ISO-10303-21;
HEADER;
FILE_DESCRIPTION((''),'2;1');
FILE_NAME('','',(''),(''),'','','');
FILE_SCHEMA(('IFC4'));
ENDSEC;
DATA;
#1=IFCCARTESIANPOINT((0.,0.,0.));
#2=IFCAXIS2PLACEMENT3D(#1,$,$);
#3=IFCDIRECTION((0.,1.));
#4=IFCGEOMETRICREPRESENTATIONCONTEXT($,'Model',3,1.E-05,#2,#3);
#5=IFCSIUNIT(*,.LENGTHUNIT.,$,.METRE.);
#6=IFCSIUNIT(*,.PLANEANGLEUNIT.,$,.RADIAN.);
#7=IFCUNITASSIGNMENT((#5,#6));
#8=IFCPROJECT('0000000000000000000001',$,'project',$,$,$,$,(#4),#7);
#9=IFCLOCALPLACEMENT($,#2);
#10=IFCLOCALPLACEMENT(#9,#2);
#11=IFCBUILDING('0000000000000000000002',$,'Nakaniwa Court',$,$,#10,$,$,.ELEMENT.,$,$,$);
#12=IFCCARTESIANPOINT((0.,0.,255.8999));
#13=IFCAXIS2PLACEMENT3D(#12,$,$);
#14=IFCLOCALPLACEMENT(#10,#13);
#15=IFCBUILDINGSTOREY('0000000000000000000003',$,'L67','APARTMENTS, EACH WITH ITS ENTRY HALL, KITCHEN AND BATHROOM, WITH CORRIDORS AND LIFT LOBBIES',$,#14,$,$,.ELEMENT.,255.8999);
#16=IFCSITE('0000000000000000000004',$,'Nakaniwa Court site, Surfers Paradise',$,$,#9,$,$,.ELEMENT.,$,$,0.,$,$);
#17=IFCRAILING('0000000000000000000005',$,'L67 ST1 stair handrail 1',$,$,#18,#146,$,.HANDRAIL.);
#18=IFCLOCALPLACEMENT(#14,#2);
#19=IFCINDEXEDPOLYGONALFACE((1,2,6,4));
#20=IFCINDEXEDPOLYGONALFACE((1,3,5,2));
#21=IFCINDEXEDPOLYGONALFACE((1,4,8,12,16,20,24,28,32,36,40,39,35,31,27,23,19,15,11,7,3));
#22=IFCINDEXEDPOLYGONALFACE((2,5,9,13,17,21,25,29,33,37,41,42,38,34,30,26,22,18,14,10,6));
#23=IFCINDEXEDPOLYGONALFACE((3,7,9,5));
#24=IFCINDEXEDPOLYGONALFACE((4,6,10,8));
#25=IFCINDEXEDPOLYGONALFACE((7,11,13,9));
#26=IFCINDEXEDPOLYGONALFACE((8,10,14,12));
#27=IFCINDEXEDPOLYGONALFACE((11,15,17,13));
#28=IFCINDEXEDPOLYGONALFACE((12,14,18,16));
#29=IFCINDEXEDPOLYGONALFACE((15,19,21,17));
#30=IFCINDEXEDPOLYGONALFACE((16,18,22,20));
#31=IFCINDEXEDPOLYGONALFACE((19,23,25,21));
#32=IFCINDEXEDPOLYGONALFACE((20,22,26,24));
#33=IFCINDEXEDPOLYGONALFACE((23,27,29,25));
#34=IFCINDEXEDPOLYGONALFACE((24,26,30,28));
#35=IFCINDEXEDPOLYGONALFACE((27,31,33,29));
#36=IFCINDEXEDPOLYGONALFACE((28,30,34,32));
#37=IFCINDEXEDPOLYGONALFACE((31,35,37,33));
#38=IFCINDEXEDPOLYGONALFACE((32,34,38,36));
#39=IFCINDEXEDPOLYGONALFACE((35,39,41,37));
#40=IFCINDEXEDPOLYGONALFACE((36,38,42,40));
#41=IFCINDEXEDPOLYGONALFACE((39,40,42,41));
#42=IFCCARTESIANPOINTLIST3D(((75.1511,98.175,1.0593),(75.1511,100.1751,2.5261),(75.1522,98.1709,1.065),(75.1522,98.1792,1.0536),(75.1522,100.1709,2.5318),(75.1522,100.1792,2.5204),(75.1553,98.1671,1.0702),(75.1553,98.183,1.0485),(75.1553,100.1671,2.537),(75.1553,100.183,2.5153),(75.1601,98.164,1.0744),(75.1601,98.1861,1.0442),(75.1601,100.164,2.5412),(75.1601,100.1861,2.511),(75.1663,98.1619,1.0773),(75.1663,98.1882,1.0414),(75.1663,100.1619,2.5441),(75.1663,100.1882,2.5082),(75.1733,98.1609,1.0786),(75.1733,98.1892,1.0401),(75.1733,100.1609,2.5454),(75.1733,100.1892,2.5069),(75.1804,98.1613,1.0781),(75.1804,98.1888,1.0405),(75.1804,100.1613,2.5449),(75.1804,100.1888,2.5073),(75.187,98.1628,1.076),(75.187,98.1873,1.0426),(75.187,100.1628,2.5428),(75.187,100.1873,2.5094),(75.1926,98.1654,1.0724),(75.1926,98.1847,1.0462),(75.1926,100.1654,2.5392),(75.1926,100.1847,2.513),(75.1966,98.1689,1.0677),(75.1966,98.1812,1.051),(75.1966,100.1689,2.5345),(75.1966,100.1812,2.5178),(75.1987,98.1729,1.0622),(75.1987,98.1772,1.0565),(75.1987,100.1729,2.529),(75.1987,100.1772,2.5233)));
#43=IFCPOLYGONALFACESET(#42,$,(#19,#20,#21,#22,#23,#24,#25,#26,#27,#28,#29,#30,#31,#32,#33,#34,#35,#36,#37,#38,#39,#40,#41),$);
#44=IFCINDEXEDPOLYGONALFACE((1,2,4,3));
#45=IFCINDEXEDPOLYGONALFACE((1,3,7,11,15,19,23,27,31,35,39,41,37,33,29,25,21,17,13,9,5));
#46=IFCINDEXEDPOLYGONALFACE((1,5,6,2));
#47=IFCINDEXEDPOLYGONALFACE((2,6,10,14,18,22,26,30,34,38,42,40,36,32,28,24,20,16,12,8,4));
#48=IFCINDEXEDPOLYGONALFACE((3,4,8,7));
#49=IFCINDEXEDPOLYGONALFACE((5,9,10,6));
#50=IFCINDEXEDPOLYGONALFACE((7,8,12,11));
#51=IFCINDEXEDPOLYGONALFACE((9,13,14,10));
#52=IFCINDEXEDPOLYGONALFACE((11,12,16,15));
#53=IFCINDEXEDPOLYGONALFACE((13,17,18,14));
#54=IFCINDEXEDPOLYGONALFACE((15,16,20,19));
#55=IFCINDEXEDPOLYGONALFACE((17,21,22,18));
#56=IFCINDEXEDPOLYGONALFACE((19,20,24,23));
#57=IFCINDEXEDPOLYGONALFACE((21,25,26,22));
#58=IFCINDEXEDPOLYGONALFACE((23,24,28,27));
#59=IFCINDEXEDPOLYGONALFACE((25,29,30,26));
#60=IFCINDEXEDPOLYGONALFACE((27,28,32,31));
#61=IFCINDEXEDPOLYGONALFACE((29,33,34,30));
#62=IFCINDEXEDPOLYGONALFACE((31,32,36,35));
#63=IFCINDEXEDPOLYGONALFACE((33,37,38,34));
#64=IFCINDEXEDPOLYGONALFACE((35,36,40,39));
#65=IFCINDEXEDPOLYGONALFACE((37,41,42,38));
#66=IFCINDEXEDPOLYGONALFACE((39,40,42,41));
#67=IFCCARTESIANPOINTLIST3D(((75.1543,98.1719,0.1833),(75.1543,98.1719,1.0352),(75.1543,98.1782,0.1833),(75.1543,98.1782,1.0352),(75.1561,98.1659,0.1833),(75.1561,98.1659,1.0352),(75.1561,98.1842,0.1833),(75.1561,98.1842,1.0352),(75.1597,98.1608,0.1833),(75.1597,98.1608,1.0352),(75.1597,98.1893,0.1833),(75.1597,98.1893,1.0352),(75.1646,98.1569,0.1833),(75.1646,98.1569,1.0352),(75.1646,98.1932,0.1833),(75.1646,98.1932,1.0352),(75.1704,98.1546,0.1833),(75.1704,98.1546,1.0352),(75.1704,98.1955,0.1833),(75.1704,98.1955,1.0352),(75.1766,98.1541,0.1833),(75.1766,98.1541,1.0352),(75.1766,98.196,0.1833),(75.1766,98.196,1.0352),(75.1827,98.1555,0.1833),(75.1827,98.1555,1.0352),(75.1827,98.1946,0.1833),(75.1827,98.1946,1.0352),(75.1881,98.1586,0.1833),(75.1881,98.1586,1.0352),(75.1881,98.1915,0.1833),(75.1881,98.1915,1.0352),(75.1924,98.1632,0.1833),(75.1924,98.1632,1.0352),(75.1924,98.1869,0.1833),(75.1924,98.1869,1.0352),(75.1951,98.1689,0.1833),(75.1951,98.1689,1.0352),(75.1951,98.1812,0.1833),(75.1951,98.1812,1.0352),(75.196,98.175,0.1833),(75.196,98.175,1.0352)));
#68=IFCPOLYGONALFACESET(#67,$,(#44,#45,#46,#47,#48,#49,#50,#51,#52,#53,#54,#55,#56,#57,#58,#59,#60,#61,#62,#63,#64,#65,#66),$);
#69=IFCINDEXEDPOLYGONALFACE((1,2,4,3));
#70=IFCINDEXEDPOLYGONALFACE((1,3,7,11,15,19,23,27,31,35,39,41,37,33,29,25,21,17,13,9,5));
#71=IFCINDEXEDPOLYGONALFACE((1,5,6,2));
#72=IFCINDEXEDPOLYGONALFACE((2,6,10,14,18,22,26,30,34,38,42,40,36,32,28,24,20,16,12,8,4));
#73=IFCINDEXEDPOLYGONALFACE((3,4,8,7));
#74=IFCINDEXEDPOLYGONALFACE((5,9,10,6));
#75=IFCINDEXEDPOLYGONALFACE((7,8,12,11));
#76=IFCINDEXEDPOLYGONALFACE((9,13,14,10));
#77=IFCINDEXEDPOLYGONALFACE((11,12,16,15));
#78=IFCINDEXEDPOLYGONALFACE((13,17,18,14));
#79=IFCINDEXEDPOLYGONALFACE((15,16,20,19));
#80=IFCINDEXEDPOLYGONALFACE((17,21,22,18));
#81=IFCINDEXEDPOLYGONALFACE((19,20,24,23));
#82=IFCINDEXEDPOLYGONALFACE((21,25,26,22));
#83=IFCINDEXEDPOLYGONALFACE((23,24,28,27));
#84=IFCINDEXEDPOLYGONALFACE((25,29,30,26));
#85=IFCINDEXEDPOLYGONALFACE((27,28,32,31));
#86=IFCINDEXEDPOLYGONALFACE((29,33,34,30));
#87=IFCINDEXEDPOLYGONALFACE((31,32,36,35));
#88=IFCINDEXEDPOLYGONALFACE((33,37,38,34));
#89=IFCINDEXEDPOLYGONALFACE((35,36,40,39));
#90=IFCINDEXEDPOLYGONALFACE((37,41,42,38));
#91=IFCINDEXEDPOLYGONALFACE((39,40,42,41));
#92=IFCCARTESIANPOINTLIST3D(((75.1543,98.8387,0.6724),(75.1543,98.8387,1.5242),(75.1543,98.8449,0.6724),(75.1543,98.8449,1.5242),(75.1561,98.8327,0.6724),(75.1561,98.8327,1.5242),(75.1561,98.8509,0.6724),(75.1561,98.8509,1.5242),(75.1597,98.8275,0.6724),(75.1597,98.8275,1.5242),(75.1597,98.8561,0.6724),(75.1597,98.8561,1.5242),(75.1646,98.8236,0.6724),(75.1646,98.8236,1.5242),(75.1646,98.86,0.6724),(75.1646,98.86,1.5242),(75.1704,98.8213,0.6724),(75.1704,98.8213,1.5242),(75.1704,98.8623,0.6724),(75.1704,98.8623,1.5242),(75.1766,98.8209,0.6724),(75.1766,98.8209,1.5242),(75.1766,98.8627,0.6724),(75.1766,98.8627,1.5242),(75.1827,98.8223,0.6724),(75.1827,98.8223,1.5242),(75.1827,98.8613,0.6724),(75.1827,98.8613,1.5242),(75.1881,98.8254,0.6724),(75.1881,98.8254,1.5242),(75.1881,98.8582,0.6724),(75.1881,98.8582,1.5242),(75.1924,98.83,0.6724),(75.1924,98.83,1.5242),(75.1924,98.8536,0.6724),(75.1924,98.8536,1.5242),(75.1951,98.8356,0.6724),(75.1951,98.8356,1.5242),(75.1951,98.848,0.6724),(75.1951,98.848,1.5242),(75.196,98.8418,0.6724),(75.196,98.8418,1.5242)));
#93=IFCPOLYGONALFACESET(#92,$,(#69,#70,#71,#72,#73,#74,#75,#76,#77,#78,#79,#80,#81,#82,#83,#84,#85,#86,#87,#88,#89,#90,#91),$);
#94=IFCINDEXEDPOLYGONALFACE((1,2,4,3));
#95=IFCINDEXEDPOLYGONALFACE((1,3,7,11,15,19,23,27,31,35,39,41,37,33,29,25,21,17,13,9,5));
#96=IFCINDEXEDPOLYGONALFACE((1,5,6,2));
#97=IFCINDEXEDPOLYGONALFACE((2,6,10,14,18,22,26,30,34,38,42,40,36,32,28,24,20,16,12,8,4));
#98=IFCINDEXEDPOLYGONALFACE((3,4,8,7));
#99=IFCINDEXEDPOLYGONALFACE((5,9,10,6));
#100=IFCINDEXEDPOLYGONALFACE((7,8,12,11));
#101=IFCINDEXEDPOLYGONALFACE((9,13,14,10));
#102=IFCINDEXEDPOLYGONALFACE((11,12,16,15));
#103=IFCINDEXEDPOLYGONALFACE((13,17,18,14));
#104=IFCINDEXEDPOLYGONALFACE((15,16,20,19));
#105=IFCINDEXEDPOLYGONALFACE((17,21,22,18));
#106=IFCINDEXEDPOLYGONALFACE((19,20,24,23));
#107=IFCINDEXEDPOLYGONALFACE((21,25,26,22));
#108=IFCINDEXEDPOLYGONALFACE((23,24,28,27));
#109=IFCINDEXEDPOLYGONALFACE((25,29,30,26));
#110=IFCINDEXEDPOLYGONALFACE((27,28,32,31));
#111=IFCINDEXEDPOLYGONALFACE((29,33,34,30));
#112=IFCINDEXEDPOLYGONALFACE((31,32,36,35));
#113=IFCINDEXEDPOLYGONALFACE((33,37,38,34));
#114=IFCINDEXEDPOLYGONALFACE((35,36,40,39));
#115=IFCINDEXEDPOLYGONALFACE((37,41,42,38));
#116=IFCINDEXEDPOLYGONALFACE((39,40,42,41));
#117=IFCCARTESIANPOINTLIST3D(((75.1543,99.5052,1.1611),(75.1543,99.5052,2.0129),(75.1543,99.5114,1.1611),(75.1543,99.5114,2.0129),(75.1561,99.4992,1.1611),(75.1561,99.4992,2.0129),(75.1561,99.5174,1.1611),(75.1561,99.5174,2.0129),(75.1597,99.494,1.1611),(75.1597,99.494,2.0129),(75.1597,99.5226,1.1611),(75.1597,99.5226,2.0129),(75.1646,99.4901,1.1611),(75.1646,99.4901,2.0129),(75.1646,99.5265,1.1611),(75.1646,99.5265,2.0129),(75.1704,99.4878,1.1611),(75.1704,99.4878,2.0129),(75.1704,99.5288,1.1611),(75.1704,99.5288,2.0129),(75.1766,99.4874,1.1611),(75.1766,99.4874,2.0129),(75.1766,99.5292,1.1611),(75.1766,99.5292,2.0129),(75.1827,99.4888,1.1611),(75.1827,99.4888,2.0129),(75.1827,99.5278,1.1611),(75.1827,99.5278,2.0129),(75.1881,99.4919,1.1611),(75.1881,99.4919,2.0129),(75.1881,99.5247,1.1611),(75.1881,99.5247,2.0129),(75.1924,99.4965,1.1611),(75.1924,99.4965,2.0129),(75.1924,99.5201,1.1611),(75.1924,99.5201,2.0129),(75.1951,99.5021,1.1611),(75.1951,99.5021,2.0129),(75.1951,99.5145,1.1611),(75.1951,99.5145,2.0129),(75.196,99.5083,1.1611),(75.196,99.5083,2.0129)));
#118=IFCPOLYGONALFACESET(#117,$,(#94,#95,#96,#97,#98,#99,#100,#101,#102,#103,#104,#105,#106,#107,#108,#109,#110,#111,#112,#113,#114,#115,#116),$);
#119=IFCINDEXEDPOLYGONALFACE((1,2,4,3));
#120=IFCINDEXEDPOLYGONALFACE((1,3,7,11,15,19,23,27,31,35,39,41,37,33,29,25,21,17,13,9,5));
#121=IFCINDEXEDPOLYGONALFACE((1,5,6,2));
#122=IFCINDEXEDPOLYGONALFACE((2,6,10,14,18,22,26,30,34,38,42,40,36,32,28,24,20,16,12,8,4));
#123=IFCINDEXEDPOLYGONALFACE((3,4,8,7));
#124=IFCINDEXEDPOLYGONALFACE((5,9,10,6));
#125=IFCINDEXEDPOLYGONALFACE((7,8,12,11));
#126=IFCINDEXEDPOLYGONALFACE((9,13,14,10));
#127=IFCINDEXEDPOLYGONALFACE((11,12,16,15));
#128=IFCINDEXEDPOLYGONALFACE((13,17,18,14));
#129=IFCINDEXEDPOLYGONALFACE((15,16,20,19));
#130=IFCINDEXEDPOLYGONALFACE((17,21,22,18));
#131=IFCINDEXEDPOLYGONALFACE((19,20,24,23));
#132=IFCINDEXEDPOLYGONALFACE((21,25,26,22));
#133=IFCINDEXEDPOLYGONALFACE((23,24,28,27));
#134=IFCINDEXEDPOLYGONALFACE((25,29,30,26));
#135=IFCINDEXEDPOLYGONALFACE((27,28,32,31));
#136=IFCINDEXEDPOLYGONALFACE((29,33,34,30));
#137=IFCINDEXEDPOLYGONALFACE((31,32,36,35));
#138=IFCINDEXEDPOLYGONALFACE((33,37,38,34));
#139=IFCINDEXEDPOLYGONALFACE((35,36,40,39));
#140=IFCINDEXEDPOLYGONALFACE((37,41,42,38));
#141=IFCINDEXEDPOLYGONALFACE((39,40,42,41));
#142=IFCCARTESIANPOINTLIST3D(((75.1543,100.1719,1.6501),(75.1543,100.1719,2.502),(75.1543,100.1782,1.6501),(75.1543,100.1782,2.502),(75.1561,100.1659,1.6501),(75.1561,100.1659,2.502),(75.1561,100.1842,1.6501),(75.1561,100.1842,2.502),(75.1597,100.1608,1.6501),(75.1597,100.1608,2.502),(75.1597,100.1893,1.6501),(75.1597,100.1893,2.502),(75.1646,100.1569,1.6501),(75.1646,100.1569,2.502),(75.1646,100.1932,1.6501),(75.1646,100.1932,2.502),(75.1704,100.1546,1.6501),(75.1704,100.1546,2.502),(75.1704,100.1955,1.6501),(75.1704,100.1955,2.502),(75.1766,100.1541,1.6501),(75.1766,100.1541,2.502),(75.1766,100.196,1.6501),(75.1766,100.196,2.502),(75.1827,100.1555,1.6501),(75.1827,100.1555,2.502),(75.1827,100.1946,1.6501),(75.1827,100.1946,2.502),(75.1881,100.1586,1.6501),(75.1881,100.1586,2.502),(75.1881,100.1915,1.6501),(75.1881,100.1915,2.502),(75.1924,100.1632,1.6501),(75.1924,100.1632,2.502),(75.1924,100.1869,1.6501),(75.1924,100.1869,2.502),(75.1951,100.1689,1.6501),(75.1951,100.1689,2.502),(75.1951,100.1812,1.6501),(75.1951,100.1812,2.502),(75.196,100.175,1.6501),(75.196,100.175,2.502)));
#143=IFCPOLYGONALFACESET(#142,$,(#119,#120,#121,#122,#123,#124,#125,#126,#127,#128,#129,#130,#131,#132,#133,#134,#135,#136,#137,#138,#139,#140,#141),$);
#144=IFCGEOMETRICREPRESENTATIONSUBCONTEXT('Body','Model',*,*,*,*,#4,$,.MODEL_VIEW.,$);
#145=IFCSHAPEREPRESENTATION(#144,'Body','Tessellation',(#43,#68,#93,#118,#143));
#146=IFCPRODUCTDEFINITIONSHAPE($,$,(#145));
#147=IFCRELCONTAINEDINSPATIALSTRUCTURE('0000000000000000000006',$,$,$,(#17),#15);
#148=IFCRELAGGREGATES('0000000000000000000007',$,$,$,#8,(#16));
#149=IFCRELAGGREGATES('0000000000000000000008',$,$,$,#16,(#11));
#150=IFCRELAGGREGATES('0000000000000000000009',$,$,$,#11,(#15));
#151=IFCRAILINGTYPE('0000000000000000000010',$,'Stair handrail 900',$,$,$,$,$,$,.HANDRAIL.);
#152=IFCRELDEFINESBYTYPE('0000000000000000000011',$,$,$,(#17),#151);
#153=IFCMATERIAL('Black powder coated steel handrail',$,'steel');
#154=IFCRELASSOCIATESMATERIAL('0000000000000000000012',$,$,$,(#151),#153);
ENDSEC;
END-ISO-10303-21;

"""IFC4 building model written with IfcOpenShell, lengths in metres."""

from ifc_helpers import new_model, si_unit, direction, frame, origin, origin_2d, place, context, subcontext, project, spatial, circle, extrude, material, type_object, element, save


model = new_model("IFC4")

# Units and contexts
model_context = context("Model", 3, precision=1e-05, world=origin(), true_north=direction((0.0, 1.0)))
body_context = subcontext(model_context, "Body", "Model", "MODEL_VIEW")
ifc_project = project(units=[si_unit("LENGTHUNIT", "METRE"), si_unit("PLANEANGLEUNIT", "RADIAN")], contexts=[model_context])

# Site, building, storey
site_placement = place(None, origin())
site = spatial("IfcSite", under=ifc_project, at=site_placement, Name="Nakaniwa Court site, Surfers Paradise", CompositionType="ELEMENT", RefElevation=0.0)
building_placement = place(site_placement, origin())
building = spatial("IfcBuilding", under=site, at=building_placement, Name="Nakaniwa Court", CompositionType="ELEMENT")
storey_placement = place(building_placement, frame((0.0, 0.0, 255.8999)))
storey = spatial("IfcBuildingStorey", under=building, at=storey_placement, Name="L67", Description="APARTMENTS, EACH WITH ITS ENTRY HALL, KITCHEN AND BATHROOM, WITH CORRIDORS AND LIFT LOBBIES", CompositionType="ELEMENT", Elevation=255.8999)

# Railing
ifc_material_1 = material(Name="Black powder coated steel handrail", Category="steel")
railing_type_1 = type_object("IfcRailingType", Name="Stair handrail 900", PredefinedType="HANDRAIL", material=ifc_material_1)
railing_1_placement = place(storey_placement, frame((75.175, 98.175, 0.1833)))
element("IfcRailing", 1, at=railing_1_placement, inside=storey, type_object=railing_type_1, Name="L67 ST1 stair handrail 1", PredefinedType="HANDRAIL", context=body_context, shape_type="SweptSolid", body=[
    extrude(circle(Radius=0.0239, at=origin_2d()), frame((0.0, 0.0, 0.876), z_axis=(0.0, 0.80638, 0.591398), x_axis=(-1.0, 0.0, 0.0)), (0.0, 0.0, 1.0), 2.4802),
    extrude(circle(Radius=0.021, at=origin_2d()), origin(), (0.0, 0.0, 1.0), 0.8518),
    extrude(circle(Radius=0.021, at=origin_2d()), frame((0.0, 0.6667, 0.489)), (0.0, 0.0, 1.0), 0.8518),
    extrude(circle(Radius=0.021, at=origin_2d()), frame((0.0, 1.3333, 0.9778)), (0.0, 0.0, 1.0), 0.8518),
    extrude(circle(Radius=0.021, at=origin_2d()), frame((0.0, 2.0, 1.4668)), (0.0, 0.0, 1.0), 0.8518),
])

save(model, "model.ifc")
